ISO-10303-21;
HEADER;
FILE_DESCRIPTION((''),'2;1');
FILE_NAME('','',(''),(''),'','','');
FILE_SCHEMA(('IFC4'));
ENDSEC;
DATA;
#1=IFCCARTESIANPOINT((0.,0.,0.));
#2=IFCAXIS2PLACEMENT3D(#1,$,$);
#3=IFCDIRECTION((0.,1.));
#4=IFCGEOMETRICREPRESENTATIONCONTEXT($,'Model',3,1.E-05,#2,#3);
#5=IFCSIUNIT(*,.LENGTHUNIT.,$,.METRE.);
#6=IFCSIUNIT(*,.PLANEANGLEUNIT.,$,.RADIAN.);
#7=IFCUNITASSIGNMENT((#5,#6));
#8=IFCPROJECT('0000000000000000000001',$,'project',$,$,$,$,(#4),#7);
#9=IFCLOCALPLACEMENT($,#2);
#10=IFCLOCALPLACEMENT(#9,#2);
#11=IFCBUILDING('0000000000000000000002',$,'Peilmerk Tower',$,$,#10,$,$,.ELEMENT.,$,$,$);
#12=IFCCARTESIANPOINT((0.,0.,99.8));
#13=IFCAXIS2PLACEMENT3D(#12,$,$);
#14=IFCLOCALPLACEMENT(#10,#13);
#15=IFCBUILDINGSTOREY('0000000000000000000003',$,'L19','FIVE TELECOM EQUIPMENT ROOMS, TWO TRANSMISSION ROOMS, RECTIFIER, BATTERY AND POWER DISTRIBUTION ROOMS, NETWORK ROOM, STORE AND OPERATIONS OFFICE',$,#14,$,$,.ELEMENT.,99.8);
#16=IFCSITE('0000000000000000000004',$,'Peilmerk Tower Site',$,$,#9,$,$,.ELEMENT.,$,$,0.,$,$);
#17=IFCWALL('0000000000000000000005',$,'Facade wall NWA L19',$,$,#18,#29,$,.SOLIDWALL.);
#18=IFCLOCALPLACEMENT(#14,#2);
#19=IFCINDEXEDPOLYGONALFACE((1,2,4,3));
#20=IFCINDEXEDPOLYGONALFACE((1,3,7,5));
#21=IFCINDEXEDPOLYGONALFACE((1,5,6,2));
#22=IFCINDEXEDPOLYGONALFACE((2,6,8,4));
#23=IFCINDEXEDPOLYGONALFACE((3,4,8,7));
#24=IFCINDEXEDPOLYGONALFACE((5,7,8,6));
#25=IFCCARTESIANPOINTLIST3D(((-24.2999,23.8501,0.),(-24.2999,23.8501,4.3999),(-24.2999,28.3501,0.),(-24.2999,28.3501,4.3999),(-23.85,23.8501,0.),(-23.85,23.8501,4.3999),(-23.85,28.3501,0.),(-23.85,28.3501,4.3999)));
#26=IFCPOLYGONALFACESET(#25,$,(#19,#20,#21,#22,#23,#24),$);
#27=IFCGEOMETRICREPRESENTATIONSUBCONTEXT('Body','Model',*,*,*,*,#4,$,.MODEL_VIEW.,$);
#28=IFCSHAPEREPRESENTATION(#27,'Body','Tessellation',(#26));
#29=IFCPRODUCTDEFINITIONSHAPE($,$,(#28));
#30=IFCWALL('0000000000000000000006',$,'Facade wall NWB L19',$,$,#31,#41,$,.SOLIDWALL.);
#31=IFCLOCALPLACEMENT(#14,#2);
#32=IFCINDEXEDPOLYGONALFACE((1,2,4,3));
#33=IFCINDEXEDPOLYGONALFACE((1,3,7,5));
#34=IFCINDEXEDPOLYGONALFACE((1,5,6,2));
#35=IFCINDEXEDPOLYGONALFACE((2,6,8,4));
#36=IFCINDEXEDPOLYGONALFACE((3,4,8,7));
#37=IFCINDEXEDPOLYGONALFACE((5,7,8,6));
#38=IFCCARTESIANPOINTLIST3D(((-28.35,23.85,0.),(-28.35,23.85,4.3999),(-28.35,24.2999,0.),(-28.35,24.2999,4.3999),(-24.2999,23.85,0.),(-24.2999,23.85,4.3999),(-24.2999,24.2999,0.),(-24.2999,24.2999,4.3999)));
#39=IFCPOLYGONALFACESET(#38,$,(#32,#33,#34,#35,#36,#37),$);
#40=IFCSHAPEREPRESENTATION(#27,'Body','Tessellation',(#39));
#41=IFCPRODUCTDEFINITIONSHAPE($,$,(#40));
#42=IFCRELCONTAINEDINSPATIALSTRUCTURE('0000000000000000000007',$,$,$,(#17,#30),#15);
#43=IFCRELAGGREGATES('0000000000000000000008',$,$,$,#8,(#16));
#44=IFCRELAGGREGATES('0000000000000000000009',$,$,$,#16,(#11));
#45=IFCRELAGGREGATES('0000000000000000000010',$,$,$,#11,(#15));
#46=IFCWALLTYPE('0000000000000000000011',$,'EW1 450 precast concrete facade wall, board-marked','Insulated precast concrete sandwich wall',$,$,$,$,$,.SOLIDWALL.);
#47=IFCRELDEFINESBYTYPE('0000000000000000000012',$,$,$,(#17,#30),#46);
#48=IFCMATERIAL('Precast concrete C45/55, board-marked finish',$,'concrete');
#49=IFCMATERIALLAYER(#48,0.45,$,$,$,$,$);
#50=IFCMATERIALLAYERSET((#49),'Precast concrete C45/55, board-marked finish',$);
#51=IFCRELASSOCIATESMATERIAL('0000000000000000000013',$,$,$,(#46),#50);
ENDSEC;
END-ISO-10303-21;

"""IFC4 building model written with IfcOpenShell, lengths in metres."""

from ifc_helpers import new_model, si_unit, direction, frame, frame_2d, origin, place, context, subcontext, project, spatial, rectangle, extrude, material, layer, layer_set, type_object, element, save


model = new_model("IFC4")

# Units and contexts
model_context = context("Model", 3, precision=1e-05, world=origin(), true_north=direction((0.0, 1.0)))
body_context = subcontext(model_context, "Body", "Model", "MODEL_VIEW")
ifc_project = project(units=[si_unit("LENGTHUNIT", "METRE"), si_unit("PLANEANGLEUNIT", "RADIAN")], contexts=[model_context])

# Site, building, storey
site_placement = place(None, origin())
site = spatial("IfcSite", under=ifc_project, at=site_placement, Name="Peilmerk Tower Site", CompositionType="ELEMENT", RefElevation=0.0)
building_placement = place(site_placement, origin())
building = spatial("IfcBuilding", under=site, at=building_placement, Name="Peilmerk Tower", CompositionType="ELEMENT")
storey_placement = place(building_placement, frame((0.0, 0.0, 99.8)))
storey = spatial("IfcBuildingStorey", under=building, at=storey_placement, Name="L19", Description="FIVE TELECOM EQUIPMENT ROOMS, TWO TRANSMISSION ROOMS, RECTIFIER, BATTERY AND POWER DISTRIBUTION ROOMS, NETWORK ROOM, STORE AND OPERATIONS OFFICE", CompositionType="ELEMENT", Elevation=99.8)

# Shared definitions
ifc_material_1 = material(Name="Precast concrete C45/55, board-marked finish", Category="concrete")
ifc_layer = layer(ifc_material_1, 0.45)
ifc_layer_set = layer_set([ifc_layer], Name="Precast concrete C45/55, board-marked finish")
wall_type = type_object("IfcWallType", Name="EW1 450 precast concrete facade wall, board-marked", Description="Insulated precast concrete sandwich wall", PredefinedType="SOLIDWALL", material=ifc_layer_set)

# Walls
wall_1_placement = place(storey_placement, frame((-24.075, 23.8501, 0.0), z_axis=(0.0, 0.0, 1.0), x_axis=(0.0, 1.0, 0.0)))
element("IfcWall", 1, at=wall_1_placement, inside=storey, type_object=wall_type, Name="Facade wall NWA L19", PredefinedType="SOLIDWALL", context=body_context, shape_type="SweptSolid", body=[
    extrude(rectangle(XDim=4.5, YDim=0.45, at=frame_2d((2.25, 0.0))), origin(), (0.0, 0.0, 1.0), 4.3999),
])
wall_2_placement = place(storey_placement, frame((-24.3, 24.075, 0.0), z_axis=(0.0, 0.0, 1.0), x_axis=(-1.0, 0.0, 0.0)))
element("IfcWall", 2, at=wall_2_placement, inside=storey, type_object=wall_type, Name="Facade wall NWB L19", PredefinedType="SOLIDWALL", context=body_context, shape_type="SweptSolid", body=[
    extrude(rectangle(XDim=4.05, YDim=0.45, at=frame_2d((2.0249, 0.0))), origin(), (0.0, 0.0, 1.0), 4.3999),
])

save(model, "model.ifc")
